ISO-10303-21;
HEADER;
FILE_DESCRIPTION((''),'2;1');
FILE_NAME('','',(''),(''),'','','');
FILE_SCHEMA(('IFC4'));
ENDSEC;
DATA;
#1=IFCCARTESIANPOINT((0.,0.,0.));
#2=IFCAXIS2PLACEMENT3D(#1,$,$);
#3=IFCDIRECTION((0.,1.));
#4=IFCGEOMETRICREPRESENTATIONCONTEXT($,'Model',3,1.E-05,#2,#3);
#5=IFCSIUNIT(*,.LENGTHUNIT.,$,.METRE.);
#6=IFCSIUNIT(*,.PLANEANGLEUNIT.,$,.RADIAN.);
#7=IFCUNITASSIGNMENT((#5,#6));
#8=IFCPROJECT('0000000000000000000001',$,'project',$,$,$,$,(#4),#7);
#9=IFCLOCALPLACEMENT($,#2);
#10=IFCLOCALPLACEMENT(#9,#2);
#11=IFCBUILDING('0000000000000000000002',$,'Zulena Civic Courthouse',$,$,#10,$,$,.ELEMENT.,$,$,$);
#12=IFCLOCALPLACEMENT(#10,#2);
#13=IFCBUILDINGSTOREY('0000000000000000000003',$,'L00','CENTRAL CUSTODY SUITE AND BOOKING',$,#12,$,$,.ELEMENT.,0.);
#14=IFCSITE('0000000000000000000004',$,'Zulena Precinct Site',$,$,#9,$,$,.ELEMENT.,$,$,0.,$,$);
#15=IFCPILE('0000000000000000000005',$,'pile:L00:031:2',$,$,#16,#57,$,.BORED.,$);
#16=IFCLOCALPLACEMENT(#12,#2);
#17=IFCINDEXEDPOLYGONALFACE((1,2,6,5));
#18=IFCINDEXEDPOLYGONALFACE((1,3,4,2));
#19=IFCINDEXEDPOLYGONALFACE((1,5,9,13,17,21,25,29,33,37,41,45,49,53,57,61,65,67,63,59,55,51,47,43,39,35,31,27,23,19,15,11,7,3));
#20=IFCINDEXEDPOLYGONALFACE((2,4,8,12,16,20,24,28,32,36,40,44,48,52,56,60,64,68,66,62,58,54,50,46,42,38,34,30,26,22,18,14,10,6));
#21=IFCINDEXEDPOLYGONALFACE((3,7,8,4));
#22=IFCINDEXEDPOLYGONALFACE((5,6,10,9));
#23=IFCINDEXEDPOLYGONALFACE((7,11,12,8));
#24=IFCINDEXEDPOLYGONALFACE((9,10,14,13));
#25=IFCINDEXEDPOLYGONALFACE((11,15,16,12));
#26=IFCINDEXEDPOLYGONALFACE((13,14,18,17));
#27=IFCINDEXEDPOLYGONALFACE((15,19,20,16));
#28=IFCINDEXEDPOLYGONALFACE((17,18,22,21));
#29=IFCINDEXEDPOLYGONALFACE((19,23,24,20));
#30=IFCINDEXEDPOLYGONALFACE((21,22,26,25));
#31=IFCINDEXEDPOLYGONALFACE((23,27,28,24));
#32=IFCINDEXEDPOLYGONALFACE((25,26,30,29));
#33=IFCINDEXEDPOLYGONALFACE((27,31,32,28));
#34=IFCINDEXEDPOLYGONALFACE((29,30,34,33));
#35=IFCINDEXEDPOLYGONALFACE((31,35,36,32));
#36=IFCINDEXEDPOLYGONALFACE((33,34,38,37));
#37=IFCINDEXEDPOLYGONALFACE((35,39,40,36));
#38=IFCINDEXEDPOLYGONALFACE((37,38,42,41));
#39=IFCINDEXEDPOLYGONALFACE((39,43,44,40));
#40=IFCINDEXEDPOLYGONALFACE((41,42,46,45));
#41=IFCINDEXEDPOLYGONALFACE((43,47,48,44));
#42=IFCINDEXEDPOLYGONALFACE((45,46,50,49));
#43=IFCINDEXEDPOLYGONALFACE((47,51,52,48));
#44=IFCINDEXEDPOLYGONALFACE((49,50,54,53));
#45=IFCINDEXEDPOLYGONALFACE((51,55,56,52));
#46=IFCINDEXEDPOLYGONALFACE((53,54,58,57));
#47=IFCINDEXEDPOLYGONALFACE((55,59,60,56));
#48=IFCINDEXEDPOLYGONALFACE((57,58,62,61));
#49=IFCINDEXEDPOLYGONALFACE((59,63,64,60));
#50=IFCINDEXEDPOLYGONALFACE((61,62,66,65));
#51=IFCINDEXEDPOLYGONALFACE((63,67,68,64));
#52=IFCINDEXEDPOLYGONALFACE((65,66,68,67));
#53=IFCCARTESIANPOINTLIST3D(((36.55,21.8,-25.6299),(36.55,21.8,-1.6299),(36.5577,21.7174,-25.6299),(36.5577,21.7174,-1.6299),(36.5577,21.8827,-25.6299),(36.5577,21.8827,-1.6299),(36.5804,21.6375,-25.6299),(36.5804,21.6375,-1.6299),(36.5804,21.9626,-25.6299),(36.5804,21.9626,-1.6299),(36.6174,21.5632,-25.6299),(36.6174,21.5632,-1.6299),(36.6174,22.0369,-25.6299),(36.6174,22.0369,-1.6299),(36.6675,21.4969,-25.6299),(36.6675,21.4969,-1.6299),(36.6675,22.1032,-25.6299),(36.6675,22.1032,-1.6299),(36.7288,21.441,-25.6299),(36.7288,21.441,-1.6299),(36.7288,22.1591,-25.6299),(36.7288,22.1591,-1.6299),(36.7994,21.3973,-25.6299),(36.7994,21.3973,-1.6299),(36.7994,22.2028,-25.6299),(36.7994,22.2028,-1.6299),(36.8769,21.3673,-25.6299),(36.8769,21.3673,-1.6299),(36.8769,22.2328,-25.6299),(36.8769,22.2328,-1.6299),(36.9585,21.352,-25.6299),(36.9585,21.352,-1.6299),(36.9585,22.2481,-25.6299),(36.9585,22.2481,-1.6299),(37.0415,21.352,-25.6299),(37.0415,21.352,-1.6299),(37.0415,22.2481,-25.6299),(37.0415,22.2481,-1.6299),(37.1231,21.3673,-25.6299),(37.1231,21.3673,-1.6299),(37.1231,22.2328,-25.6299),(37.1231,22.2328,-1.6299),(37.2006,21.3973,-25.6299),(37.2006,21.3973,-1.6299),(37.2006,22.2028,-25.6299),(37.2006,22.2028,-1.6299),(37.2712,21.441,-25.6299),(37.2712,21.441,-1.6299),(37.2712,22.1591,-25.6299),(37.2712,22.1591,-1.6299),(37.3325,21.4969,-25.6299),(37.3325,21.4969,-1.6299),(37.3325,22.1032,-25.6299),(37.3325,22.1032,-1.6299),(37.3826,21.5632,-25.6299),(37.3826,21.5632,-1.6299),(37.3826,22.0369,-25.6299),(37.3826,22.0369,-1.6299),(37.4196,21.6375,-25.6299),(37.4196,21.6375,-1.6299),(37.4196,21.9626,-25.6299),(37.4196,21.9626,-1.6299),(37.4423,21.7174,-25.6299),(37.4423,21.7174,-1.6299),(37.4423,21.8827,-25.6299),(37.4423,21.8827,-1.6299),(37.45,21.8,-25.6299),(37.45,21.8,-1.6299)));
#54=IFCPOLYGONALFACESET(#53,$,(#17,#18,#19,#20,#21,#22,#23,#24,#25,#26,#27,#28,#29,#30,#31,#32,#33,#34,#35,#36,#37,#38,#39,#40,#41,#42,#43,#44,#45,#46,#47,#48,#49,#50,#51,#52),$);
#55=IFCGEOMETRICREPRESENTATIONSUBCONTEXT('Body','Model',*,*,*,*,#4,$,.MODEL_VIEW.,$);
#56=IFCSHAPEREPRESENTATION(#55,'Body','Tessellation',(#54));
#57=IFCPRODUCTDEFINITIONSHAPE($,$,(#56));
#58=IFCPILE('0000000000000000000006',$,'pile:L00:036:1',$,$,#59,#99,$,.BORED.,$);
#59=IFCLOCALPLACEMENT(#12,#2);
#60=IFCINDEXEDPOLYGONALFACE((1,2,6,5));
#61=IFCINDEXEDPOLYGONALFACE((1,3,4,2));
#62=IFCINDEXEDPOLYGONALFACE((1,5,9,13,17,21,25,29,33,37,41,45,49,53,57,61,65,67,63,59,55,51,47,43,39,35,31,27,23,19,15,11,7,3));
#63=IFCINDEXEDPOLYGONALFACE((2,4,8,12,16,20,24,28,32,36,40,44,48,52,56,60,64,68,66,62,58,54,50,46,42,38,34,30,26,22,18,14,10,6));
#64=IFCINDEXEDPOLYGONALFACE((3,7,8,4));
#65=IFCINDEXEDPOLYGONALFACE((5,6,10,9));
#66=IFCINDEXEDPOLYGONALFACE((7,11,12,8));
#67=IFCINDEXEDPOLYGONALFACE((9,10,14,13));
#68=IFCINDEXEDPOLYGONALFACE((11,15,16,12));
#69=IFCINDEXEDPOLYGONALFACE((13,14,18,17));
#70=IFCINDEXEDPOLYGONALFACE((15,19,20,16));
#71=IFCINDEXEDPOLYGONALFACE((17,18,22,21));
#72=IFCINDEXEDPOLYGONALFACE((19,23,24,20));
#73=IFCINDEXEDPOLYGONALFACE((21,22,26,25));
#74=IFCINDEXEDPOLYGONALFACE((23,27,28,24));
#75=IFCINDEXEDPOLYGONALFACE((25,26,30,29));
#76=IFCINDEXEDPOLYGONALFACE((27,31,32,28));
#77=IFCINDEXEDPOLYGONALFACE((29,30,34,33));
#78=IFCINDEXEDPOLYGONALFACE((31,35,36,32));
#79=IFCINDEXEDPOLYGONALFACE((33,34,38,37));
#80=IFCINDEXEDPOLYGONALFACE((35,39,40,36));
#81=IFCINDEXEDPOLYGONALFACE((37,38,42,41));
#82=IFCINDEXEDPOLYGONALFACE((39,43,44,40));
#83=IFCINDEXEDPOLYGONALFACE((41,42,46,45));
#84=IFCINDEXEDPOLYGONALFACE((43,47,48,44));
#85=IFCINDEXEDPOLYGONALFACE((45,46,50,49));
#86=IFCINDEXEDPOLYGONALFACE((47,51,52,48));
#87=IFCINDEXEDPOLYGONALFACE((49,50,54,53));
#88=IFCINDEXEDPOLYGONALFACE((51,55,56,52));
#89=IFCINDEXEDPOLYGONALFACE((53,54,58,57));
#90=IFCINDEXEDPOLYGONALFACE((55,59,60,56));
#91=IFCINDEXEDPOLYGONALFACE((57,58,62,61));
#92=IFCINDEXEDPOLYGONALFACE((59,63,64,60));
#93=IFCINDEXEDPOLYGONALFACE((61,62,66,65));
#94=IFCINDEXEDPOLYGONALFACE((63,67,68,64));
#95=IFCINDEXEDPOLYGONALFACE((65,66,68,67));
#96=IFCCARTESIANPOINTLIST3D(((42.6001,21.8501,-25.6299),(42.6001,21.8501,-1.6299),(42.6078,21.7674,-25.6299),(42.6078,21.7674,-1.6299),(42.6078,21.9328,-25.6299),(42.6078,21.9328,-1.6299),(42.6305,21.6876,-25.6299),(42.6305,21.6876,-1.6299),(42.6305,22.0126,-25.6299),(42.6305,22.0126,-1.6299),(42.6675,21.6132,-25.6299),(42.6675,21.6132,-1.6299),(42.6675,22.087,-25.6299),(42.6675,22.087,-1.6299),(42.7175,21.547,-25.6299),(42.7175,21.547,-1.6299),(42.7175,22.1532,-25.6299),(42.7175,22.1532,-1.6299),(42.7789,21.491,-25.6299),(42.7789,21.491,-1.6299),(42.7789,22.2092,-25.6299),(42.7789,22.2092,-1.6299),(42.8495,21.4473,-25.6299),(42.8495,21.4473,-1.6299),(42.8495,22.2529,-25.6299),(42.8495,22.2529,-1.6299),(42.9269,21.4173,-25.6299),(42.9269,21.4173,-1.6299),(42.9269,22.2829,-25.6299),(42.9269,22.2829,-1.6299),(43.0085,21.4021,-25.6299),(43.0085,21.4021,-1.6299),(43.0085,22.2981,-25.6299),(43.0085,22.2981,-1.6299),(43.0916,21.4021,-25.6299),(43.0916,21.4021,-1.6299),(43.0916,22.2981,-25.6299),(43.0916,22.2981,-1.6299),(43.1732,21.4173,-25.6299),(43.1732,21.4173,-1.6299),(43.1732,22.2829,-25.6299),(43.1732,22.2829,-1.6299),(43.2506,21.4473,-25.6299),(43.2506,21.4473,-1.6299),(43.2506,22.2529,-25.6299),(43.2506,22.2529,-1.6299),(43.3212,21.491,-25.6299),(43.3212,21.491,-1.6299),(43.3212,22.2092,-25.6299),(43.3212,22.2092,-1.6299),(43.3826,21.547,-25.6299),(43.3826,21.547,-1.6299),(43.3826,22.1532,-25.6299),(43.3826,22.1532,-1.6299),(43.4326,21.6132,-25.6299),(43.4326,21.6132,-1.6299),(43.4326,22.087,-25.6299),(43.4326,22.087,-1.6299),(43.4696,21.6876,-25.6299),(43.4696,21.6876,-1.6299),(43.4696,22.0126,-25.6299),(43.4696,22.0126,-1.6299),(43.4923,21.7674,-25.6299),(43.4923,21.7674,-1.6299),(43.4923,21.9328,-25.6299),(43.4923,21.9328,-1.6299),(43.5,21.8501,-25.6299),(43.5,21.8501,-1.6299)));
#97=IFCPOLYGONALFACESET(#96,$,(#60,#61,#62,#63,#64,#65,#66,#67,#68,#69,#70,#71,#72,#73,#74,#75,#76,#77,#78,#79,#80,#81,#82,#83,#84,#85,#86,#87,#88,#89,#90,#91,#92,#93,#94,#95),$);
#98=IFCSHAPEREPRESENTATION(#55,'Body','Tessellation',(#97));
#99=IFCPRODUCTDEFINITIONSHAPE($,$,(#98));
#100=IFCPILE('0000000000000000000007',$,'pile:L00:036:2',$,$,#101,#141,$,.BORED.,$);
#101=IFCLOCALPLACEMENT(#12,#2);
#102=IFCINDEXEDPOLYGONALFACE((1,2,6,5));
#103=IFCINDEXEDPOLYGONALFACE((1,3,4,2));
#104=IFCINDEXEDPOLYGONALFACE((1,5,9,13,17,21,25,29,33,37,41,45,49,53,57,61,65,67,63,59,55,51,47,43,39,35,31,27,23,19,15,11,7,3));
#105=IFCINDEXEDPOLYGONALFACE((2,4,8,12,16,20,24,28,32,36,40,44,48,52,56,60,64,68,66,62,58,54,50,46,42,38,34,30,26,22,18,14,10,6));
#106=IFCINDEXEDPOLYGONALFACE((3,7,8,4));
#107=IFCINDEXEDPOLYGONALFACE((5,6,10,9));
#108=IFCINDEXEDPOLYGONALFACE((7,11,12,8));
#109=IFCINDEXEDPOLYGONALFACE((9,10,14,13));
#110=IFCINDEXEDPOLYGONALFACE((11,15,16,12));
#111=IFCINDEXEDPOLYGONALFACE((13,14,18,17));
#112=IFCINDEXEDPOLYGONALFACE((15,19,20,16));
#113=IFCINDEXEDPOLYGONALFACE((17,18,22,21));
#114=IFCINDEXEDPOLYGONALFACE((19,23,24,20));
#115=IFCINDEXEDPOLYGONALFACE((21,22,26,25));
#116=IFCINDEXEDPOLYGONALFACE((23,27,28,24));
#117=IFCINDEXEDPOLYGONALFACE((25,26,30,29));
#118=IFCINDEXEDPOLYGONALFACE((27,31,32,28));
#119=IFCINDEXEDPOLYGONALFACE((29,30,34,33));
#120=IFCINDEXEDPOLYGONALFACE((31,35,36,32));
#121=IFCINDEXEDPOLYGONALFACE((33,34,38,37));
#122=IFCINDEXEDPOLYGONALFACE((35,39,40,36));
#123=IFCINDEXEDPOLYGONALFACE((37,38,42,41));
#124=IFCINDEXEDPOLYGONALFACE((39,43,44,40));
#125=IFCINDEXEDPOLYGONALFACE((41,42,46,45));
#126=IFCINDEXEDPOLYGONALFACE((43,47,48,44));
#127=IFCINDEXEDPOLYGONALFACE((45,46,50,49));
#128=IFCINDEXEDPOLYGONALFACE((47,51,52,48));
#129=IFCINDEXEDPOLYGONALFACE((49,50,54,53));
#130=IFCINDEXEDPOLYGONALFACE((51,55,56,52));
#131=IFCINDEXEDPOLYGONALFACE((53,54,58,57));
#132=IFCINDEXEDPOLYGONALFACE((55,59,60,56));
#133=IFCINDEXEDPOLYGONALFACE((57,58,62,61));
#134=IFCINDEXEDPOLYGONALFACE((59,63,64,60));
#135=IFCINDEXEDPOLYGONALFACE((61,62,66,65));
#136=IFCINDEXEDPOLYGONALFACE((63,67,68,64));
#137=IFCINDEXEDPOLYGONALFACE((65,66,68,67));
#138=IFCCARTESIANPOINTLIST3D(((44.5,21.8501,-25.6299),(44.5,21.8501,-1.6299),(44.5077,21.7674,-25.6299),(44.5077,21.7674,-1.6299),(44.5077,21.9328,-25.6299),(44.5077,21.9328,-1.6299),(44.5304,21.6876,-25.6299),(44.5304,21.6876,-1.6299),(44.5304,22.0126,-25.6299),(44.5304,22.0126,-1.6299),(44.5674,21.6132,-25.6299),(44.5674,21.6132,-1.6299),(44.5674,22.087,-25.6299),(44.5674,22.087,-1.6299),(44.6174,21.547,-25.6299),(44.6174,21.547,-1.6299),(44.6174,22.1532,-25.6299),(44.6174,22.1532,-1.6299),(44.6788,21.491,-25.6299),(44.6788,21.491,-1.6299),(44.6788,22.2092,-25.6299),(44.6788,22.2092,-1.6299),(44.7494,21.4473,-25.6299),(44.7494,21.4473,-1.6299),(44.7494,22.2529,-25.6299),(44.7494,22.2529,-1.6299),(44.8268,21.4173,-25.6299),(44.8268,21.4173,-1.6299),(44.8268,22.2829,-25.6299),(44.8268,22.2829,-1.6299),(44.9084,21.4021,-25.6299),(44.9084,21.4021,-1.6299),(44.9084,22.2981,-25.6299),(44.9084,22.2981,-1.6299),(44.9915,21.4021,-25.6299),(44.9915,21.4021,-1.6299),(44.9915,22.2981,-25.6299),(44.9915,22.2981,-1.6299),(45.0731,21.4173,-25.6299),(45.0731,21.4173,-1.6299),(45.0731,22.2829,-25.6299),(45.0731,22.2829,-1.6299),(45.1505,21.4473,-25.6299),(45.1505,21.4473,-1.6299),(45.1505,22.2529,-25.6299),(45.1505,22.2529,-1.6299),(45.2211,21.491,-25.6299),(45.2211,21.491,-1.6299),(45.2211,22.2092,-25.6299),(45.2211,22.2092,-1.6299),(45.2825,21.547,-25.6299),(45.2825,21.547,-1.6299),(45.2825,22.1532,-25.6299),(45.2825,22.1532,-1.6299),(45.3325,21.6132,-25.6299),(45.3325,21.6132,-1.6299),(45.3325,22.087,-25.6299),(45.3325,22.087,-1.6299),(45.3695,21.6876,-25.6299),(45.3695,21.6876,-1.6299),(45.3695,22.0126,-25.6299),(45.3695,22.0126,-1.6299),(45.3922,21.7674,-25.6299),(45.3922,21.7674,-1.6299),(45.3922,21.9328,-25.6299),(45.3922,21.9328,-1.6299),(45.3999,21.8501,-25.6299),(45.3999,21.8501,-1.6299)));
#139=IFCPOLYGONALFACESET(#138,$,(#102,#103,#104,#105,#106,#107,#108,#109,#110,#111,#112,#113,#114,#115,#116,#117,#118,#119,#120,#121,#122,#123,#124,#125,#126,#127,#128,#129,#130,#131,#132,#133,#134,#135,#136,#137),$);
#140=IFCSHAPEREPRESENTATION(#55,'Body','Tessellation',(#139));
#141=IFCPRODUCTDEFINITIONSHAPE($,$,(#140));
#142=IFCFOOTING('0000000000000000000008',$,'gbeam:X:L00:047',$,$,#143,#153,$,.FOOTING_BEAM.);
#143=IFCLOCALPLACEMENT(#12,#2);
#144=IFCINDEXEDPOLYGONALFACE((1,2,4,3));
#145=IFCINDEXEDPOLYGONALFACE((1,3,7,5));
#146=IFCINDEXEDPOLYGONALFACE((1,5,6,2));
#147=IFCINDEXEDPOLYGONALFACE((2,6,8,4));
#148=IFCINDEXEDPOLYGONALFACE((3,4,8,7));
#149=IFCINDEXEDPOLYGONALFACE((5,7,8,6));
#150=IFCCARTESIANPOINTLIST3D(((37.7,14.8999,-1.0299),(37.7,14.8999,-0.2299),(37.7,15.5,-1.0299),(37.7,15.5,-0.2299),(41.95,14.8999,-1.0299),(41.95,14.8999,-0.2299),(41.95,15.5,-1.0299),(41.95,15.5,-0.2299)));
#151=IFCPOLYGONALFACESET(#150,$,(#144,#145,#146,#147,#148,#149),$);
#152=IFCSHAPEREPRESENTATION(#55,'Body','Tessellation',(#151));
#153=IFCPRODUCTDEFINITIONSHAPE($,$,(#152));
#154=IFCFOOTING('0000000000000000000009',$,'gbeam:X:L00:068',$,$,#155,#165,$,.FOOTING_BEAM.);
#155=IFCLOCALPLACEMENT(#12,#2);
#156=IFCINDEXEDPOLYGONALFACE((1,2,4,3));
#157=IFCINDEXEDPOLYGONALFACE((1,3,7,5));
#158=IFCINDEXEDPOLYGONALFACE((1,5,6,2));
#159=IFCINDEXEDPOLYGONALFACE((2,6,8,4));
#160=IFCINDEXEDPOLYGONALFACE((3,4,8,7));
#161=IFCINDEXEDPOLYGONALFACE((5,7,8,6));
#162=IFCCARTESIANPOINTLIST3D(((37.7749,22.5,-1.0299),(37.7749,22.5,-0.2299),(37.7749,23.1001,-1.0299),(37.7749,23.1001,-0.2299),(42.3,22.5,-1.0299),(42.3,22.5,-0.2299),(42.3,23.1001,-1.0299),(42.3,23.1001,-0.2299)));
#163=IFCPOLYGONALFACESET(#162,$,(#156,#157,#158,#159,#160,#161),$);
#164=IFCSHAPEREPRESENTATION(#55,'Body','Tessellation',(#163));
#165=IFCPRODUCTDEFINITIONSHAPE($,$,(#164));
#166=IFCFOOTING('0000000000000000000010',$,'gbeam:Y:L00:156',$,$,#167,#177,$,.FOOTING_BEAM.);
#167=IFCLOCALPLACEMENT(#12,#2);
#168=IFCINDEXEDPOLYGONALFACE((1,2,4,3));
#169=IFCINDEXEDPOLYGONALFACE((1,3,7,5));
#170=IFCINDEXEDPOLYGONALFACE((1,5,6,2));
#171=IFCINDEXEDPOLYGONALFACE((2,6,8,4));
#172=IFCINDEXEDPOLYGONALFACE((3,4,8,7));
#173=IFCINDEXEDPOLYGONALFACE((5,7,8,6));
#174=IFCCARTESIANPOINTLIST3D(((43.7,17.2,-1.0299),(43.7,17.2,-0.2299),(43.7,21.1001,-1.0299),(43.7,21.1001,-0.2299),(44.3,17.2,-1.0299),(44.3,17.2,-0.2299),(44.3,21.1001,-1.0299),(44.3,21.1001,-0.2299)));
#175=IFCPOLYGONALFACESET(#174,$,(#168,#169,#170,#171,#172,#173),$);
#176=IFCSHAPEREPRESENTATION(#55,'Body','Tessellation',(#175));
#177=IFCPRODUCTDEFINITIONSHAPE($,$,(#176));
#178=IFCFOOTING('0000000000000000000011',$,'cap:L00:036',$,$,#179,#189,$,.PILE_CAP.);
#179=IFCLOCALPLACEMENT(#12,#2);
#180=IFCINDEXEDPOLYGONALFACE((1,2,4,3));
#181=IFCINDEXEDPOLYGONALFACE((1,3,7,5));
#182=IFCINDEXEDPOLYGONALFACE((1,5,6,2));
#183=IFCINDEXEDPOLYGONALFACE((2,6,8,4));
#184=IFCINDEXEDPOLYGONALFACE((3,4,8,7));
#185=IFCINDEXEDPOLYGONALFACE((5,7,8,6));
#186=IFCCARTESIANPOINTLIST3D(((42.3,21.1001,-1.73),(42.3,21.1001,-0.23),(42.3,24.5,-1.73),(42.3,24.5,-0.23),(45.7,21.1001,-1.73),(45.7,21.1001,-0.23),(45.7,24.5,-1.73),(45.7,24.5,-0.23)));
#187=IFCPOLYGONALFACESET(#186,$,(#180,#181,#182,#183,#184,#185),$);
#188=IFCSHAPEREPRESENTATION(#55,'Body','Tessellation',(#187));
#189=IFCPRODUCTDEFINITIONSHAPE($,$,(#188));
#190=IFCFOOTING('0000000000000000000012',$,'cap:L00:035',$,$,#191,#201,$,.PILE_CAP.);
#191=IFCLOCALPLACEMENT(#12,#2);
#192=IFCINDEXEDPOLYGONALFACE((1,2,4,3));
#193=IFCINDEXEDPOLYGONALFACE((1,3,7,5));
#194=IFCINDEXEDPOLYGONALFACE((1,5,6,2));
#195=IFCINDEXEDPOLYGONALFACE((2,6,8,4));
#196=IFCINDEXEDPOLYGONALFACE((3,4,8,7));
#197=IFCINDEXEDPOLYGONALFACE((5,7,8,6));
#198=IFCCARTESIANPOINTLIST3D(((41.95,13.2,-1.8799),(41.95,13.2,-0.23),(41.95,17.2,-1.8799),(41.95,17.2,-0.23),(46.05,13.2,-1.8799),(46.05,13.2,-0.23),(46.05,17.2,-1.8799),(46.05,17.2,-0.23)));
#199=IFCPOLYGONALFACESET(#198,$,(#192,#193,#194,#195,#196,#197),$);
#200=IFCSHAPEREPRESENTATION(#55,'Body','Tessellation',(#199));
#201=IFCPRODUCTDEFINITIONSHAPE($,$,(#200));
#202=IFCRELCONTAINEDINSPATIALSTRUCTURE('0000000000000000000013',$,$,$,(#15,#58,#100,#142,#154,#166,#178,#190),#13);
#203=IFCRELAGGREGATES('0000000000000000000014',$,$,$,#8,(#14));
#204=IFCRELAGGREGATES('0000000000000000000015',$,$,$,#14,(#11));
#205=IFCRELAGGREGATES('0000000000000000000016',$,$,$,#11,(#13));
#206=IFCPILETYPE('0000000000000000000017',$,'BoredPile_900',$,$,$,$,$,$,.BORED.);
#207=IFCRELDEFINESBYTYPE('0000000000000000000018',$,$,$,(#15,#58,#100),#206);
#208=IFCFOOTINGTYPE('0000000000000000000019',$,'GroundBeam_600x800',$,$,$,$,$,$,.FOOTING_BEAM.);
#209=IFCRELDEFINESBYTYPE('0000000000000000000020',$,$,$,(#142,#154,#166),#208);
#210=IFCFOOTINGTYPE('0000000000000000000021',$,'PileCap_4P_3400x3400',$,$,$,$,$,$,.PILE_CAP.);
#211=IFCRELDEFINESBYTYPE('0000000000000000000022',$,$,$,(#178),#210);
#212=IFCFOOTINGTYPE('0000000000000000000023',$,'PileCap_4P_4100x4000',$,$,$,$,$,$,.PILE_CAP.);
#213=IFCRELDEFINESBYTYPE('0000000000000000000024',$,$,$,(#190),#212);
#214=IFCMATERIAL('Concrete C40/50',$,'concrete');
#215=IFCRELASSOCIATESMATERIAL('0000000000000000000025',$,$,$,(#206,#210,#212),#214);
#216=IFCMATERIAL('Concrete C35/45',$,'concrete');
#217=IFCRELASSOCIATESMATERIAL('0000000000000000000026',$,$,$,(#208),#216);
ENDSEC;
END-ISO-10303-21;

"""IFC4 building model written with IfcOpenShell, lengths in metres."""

from ifc_helpers import new_model, si_unit, direction, frame, origin, origin_2d, place, context, subcontext, project, spatial, rectangle, circle, extrude, material, material_profile, profile_set, type_object, element, save


model = new_model("IFC4")

# Units and contexts
model_context = context("Model", 3, precision=1e-05, world=origin(), true_north=direction((0.0, 1.0)))
body_context = subcontext(model_context, "Body", "Model", "MODEL_VIEW")
ifc_project = project(units=[si_unit("LENGTHUNIT", "METRE"), si_unit("PLANEANGLEUNIT", "RADIAN")], contexts=[model_context])

# Site, building, storey
site_placement = place(None, origin())
site = spatial("IfcSite", under=ifc_project, at=site_placement, Name="Zulena Precinct Site", CompositionType="ELEMENT", RefElevation=0.0)
building_placement = place(site_placement, origin())
building = spatial("IfcBuilding", under=site, at=building_placement, Name="Zulena Civic Courthouse", CompositionType="ELEMENT")
storey_placement = place(building_placement, origin())
storey = spatial("IfcBuildingStorey", under=building, at=storey_placement, Name="L00", Description="CENTRAL CUSTODY SUITE AND BOOKING", CompositionType="ELEMENT", Elevation=0.0)

# Piles
ifc_material_1 = material(Name="Concrete C40/50", Category="concrete")
ifc_material_profile_1 = material_profile(ifc_material_1, circle(Radius=0.45, at=origin_2d()), Name="PILE900")
ifc_profile_set_1 = profile_set([ifc_material_profile_1], Name="Concrete C40/50")
pile_type_1 = type_object("IfcPileType", Name="BoredPile_900", PredefinedType="BORED", material=ifc_profile_set_1)
for number, where, z_axis, x_axis, name in (
    (1, (37.0, 21.8, -1.6299), (0.0, 0.0, -1.0), (1.0, 0.0, 0.0), "pile:L00:031:2"),
    (2, (43.05, 21.8501, -1.6299), (0.0, 0.0, -1.0), (1.0, 0.0, 0.0), "pile:L00:036:1"),
    (3, (44.95, 21.8501, -1.6299), (0.0, 0.0, -1.0), (1.0, 0.0, 0.0), "pile:L00:036:2"),
):
    element("IfcPile", number, at=place(storey_placement, frame(where, z_axis=z_axis, x_axis=x_axis)), inside=storey, type_object=pile_type_1, Name=name, PredefinedType="BORED", context=body_context, shape_type="SweptSolid", body=[
        extrude(circle(Radius=0.45, at=origin_2d()), origin(), (0.0, 0.0, 1.0), 24.0),
    ])

# Footings
ifc_material_2 = material(Name="Concrete C35/45", Category="concrete")
ifc_material_profile_2 = material_profile(ifc_material_2, rectangle(XDim=0.6001, YDim=0.8, at=origin_2d()), Name="RC600X800")
ifc_profile_set_2 = profile_set([ifc_material_profile_2], Name="Concrete C35/45")
footing_type_1 = type_object("IfcFootingType", Name="GroundBeam_600x800", PredefinedType="FOOTING_BEAM", material=ifc_profile_set_2)
footing_1_placement = place(storey_placement, frame((37.7, 15.2, -0.6299), z_axis=(1.0, 0.0, 0.0), x_axis=(0.0, 1.0, 0.0)))
element("IfcFooting", 4, at=footing_1_placement, inside=storey, type_object=footing_type_1, Name="gbeam:X:L00:047", PredefinedType="FOOTING_BEAM", context=body_context, shape_type="SweptSolid", body=[
    extrude(rectangle(XDim=0.6001, YDim=0.8, at=origin_2d()), origin(), (0.0, 0.0, 1.0), 4.25),
])
footing_2_placement = place(storey_placement, frame((37.7749, 22.8, -0.6299), z_axis=(1.0, 0.0, 0.0), x_axis=(0.0, 1.0, 0.0)))
element("IfcFooting", 5, at=footing_2_placement, inside=storey, type_object=footing_type_1, Name="gbeam:X:L00:068", PredefinedType="FOOTING_BEAM", context=body_context, shape_type="SweptSolid", body=[
    extrude(rectangle(XDim=0.6001, YDim=0.8, at=origin_2d()), origin(), (0.0, 0.0, 1.0), 4.5251),
])
footing_3_placement = place(storey_placement, frame((44.0, 17.2, -0.6299), z_axis=(0.0, 1.0, 0.0), x_axis=(-1.0, 0.0, 0.0)))
element("IfcFooting", 6, at=footing_3_placement, inside=storey, type_object=footing_type_1, Name="gbeam:Y:L00:156", PredefinedType="FOOTING_BEAM", context=body_context, shape_type="SweptSolid", body=[
    extrude(rectangle(XDim=0.6001, YDim=0.8, at=origin_2d()), origin(), (0.0, 0.0, 1.0), 3.9001),
])
footing_type_2 = type_object("IfcFootingType", Name="PileCap_4P_3400x3400", PredefinedType="PILE_CAP", material=ifc_material_1)
footing_4_placement = place(storey_placement, frame((44.0, 22.8, -1.73), z_axis=(0.0, 0.0, 1.0), x_axis=(1.0, 0.0, 0.0)))
element("IfcFooting", 7, at=footing_4_placement, inside=storey, type_object=footing_type_2, Name="cap:L00:036", PredefinedType="PILE_CAP", context=body_context, shape_type="SweptSolid", body=[
    extrude(rectangle(XDim=3.3999, YDim=3.3999, at=origin_2d()), origin(), (0.0, 0.0, 1.0), 1.5),
])
footing_type_3 = type_object("IfcFootingType", Name="PileCap_4P_4100x4000", PredefinedType="PILE_CAP", material=ifc_material_1)
footing_5_placement = place(storey_placement, frame((44.0, 15.2, -1.8799), z_axis=(0.0, 0.0, 1.0), x_axis=(1.0, 0.0, 0.0)))
element("IfcFooting", 8, at=footing_5_placement, inside=storey, type_object=footing_type_3, Name="cap:L00:035", PredefinedType="PILE_CAP", context=body_context, shape_type="SweptSolid", body=[
    extrude(rectangle(XDim=4.1001, YDim=4.0, at=origin_2d()), origin(), (0.0, 0.0, 1.0), 1.6499),
])

save(model, "model.ifc")
